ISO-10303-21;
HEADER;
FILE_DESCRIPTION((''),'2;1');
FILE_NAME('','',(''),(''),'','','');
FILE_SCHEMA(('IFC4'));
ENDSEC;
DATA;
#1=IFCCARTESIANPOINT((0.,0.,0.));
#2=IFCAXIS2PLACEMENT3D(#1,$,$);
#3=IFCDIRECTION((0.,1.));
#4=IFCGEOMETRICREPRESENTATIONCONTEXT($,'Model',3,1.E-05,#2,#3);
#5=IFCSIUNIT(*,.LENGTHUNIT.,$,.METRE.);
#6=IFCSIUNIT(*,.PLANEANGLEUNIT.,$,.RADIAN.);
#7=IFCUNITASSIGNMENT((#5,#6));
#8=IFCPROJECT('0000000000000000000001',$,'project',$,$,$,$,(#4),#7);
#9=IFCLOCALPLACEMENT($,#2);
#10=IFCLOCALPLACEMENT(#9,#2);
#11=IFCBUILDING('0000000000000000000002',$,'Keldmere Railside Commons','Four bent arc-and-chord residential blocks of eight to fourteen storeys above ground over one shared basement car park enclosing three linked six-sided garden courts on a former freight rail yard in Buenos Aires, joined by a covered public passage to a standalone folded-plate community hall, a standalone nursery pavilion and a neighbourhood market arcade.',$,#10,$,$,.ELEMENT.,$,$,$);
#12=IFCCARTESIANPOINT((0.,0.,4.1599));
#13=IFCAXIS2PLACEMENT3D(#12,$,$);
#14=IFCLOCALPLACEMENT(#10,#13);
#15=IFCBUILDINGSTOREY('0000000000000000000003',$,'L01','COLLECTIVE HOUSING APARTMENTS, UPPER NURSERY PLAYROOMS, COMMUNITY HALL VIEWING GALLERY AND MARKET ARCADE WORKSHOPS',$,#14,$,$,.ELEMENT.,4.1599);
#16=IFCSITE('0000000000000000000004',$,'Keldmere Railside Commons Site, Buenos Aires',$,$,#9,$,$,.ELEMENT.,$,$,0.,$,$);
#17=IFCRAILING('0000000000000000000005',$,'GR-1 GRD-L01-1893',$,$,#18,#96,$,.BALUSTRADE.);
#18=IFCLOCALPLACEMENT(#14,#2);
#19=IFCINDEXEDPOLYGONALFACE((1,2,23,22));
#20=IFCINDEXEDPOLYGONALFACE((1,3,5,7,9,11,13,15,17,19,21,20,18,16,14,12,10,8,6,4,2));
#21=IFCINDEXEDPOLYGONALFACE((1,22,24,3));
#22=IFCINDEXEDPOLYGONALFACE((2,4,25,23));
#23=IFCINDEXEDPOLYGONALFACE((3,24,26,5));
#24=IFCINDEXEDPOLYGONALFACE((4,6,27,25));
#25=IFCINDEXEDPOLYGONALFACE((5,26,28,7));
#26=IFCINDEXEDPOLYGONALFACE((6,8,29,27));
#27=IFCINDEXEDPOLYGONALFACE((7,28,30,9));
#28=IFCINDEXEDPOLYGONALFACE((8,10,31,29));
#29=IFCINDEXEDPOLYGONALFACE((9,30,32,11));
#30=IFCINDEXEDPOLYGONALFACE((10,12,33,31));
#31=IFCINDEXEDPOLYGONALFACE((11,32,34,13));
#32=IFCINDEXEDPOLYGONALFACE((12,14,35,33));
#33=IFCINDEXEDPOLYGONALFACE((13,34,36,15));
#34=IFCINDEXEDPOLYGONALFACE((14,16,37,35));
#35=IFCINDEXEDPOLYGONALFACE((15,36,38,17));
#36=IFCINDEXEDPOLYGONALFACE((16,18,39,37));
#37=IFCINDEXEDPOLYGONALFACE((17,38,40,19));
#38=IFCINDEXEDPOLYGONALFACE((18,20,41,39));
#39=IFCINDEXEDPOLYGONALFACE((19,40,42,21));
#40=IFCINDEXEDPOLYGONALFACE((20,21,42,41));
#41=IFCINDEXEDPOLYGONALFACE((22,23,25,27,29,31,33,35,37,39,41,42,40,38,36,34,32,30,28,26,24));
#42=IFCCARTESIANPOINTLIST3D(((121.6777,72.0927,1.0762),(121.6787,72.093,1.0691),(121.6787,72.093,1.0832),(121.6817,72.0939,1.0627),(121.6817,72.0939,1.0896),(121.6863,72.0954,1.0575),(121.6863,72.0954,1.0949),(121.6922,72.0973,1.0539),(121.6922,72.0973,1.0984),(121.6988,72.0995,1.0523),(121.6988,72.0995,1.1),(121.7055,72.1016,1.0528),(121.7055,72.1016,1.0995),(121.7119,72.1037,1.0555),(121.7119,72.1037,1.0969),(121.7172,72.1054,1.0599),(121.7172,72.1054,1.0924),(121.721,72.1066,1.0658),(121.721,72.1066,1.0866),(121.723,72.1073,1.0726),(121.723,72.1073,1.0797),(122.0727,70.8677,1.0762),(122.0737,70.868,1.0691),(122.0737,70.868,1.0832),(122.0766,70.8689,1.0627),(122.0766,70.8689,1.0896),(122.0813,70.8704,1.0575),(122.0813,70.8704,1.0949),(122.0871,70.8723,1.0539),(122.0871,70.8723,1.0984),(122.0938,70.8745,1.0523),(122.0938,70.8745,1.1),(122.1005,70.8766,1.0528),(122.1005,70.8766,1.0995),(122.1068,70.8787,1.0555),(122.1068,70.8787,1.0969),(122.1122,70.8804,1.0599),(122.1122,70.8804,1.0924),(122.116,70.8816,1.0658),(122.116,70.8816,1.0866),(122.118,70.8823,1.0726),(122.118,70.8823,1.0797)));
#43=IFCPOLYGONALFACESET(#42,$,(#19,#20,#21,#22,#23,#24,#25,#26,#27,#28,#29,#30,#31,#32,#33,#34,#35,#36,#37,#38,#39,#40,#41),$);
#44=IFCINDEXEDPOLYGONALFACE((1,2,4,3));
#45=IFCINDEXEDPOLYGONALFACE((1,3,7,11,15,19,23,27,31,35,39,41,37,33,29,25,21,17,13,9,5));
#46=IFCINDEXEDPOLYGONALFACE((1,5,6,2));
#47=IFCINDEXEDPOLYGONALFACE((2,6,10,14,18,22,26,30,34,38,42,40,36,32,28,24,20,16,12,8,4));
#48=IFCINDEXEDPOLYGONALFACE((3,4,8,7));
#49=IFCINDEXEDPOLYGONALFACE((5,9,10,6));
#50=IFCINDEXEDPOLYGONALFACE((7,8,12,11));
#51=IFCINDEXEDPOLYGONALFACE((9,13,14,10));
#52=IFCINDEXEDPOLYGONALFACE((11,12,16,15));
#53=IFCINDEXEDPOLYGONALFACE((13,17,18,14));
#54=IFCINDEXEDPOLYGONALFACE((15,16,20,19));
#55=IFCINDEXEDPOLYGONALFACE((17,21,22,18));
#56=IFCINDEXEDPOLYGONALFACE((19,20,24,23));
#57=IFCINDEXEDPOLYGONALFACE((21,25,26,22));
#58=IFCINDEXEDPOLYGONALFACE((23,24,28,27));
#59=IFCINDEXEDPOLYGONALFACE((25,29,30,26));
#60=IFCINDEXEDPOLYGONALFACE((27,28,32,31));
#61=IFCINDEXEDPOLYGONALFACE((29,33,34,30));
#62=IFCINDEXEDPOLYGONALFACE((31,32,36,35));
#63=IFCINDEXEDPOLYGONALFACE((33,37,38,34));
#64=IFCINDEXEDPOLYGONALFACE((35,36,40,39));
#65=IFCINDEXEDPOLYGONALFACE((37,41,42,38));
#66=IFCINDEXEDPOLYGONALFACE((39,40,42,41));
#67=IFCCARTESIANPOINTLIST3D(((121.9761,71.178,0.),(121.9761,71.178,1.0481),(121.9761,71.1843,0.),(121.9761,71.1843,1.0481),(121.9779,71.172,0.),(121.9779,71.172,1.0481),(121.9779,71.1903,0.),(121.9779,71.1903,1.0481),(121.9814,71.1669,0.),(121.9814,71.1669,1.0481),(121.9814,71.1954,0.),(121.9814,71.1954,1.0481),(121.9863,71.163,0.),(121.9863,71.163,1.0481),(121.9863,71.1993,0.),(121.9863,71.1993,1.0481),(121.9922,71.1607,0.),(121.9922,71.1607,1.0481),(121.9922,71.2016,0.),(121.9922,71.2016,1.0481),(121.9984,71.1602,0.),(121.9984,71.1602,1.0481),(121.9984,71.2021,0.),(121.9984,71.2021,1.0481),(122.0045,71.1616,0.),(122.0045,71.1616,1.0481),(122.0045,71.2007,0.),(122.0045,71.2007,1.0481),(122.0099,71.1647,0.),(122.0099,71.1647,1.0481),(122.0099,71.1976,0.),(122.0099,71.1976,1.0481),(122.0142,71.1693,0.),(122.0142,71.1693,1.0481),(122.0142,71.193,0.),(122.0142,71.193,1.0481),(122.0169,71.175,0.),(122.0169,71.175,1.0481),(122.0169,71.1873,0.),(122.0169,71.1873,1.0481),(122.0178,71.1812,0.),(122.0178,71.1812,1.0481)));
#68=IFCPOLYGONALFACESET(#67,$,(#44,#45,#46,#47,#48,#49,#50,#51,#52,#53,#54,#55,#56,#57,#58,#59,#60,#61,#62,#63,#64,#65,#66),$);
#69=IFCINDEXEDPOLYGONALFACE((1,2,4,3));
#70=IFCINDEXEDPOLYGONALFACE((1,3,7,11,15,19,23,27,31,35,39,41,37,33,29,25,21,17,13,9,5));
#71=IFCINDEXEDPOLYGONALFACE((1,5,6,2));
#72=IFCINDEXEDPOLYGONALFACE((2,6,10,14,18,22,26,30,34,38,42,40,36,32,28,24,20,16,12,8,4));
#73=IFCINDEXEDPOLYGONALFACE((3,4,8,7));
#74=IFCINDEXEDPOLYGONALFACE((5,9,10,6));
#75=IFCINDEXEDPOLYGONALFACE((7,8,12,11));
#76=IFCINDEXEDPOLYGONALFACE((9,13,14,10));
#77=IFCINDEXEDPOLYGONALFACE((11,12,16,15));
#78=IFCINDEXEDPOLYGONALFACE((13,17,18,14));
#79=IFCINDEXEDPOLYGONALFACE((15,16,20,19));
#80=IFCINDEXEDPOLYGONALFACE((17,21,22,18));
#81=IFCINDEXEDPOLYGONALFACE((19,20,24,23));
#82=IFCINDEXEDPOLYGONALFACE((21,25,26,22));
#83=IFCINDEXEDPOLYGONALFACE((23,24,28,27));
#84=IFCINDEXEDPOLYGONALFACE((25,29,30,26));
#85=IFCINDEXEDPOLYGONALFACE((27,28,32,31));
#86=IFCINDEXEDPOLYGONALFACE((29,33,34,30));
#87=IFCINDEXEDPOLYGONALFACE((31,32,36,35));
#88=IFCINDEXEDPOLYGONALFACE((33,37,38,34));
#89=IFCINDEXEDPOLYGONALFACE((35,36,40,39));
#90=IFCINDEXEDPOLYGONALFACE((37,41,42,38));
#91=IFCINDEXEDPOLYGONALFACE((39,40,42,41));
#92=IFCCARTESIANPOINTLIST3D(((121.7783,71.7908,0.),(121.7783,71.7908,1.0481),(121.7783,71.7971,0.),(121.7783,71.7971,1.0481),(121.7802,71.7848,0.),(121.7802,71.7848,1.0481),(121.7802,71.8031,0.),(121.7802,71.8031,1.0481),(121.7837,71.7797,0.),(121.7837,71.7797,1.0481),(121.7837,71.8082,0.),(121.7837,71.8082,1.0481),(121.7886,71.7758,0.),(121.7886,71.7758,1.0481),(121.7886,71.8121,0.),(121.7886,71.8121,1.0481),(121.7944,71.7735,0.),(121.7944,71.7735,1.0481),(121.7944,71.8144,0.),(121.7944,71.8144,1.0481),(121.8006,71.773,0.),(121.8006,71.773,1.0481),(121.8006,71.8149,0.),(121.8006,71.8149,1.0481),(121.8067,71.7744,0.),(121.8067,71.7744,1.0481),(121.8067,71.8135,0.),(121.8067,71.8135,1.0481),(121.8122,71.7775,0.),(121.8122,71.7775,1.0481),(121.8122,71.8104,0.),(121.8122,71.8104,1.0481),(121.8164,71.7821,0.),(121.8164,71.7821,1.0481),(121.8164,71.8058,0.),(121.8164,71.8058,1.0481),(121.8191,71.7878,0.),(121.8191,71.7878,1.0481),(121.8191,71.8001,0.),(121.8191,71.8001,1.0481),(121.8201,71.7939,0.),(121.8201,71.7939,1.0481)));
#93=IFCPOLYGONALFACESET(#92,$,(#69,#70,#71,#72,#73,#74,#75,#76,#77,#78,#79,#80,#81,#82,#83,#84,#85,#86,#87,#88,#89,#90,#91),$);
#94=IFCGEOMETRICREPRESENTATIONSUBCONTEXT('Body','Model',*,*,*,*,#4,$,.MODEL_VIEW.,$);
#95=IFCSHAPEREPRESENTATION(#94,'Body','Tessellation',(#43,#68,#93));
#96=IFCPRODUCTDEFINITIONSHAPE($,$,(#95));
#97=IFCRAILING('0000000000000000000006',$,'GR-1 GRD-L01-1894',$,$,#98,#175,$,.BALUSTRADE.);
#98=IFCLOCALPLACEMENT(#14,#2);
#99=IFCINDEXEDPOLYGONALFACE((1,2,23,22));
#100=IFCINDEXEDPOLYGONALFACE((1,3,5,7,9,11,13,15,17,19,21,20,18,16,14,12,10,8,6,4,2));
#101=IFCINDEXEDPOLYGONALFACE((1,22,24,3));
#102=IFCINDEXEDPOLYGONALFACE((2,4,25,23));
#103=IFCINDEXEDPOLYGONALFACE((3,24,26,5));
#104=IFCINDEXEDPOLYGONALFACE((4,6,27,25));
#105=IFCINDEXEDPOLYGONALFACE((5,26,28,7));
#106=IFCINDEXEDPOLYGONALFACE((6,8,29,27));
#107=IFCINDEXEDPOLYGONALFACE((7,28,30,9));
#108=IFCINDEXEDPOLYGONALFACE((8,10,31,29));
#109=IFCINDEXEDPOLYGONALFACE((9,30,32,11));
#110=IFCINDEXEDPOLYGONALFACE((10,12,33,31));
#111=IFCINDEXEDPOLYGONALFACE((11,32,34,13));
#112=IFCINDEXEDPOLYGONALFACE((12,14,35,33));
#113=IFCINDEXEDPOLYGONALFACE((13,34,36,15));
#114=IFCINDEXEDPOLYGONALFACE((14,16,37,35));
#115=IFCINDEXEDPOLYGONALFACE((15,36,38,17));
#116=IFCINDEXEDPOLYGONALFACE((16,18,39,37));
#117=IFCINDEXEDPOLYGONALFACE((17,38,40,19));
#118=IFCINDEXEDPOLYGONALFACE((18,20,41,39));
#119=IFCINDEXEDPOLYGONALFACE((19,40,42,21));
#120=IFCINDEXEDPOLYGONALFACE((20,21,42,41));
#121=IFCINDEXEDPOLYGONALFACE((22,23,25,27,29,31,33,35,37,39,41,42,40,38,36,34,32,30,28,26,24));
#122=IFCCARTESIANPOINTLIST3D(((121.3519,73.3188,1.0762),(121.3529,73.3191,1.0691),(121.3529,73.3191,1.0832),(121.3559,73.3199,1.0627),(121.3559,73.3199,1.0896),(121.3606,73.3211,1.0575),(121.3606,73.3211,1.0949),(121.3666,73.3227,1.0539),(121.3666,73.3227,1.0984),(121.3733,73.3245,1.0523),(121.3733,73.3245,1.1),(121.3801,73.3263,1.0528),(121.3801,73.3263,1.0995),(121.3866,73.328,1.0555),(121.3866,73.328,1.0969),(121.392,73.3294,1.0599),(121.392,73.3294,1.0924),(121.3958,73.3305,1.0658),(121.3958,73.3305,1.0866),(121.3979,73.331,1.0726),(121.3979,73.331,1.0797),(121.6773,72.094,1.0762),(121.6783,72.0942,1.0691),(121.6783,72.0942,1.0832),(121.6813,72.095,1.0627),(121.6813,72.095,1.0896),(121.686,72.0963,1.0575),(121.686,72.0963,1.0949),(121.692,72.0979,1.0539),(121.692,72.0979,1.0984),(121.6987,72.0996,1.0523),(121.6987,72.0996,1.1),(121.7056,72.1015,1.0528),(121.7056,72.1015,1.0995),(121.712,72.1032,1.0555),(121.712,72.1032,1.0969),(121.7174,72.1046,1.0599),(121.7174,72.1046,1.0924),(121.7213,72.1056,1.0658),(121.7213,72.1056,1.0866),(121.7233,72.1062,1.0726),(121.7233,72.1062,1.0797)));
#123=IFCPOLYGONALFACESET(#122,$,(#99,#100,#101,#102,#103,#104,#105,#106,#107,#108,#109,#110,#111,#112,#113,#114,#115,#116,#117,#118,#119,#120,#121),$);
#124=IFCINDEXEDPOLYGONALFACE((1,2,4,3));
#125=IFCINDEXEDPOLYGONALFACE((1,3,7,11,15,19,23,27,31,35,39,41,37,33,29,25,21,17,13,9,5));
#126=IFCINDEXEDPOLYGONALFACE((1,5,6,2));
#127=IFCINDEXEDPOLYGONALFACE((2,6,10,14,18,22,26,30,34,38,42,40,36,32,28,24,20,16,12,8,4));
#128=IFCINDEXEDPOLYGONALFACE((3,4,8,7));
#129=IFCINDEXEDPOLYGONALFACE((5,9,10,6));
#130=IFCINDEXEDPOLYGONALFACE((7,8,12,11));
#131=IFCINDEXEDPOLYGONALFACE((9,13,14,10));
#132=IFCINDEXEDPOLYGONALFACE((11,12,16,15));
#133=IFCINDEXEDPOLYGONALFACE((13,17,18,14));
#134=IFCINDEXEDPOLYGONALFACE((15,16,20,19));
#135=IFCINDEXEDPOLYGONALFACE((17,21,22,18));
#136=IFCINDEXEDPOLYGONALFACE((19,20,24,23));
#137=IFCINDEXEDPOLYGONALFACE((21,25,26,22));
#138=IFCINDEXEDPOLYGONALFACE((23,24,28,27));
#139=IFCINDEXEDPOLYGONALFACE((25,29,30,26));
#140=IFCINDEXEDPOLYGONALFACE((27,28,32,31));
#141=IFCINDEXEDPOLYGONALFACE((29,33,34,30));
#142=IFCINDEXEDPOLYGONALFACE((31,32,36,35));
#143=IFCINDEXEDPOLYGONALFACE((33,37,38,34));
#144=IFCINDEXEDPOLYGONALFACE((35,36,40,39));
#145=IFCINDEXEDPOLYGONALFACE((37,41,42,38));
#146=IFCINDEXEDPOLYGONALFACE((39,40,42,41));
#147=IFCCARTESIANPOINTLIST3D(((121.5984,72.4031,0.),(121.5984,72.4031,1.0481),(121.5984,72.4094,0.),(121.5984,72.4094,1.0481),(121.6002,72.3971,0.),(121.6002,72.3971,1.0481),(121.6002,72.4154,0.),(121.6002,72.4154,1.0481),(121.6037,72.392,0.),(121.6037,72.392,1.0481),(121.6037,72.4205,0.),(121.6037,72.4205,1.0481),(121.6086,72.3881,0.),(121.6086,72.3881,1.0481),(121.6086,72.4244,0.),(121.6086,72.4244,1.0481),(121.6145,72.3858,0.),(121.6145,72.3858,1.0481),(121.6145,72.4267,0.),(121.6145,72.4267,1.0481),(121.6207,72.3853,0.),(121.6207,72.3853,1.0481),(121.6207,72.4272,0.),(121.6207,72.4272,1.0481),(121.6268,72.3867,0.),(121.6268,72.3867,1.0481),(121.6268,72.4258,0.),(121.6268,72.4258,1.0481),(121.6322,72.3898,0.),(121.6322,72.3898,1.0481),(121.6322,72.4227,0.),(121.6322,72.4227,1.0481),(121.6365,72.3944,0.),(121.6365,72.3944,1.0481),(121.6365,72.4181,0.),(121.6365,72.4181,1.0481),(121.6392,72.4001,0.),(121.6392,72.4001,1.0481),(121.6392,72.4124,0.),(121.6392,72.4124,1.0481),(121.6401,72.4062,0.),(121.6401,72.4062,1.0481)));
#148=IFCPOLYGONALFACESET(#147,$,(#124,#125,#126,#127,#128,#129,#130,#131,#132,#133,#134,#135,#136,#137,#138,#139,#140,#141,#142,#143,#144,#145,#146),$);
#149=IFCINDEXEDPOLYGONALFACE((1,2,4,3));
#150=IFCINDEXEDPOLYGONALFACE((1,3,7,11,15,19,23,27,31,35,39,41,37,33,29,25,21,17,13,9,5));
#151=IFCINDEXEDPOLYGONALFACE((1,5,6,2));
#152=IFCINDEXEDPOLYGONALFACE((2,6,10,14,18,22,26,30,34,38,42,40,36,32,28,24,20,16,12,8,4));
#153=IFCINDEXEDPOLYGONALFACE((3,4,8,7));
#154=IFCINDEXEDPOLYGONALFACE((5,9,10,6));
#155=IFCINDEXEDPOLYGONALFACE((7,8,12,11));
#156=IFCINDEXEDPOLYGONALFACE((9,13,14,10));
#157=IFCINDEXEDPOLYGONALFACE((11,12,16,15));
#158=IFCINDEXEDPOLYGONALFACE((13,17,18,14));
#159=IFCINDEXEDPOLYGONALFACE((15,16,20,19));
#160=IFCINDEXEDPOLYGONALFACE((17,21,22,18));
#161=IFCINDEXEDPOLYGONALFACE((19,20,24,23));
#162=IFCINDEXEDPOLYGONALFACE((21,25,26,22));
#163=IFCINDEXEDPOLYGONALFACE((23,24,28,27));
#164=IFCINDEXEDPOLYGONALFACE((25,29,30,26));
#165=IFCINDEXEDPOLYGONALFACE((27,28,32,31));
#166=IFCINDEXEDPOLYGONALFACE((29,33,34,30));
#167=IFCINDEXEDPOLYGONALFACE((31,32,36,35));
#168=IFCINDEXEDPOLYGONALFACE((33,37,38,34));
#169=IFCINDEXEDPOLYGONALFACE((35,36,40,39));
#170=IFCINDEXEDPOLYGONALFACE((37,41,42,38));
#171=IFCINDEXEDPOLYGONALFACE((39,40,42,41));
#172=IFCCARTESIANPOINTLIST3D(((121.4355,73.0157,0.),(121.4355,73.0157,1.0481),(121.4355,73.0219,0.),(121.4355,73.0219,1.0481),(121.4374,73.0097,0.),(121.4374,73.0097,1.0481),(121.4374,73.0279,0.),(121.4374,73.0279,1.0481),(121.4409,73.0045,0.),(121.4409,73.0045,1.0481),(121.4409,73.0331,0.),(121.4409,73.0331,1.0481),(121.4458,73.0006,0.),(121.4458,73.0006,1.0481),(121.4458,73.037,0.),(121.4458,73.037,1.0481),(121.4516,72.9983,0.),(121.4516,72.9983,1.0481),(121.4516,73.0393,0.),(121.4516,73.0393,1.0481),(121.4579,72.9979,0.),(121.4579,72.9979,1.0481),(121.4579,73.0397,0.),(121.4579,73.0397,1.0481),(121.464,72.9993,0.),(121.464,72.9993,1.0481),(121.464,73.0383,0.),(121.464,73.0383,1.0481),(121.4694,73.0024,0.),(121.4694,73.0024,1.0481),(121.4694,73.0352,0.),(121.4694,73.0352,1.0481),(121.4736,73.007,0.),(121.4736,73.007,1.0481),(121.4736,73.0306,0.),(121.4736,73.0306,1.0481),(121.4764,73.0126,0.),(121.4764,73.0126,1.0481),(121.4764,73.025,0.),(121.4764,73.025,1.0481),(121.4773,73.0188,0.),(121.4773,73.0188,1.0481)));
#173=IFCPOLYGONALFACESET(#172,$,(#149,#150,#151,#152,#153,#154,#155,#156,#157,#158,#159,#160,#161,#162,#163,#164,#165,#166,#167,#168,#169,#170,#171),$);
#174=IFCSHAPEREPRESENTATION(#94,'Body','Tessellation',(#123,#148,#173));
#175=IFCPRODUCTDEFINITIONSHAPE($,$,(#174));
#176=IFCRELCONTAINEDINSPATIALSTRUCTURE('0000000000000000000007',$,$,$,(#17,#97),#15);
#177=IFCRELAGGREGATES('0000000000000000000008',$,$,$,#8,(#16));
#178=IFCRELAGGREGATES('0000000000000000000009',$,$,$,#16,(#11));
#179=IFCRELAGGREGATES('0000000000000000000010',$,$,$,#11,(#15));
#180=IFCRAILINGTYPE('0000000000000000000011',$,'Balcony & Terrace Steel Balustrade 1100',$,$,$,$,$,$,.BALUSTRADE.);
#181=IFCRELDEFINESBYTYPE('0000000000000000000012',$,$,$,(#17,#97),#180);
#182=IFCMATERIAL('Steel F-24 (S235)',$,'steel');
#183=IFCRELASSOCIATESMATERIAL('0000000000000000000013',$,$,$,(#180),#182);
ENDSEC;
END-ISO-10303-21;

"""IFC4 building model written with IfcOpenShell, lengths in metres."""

from ifc_helpers import new_model, si_unit, direction, frame, origin, origin_2d, place, context, subcontext, project, spatial, circle, extrude, material, type_object, element, save


model = new_model("IFC4")

# Units and contexts
model_context = context("Model", 3, precision=1e-05, world=origin(), true_north=direction((0.0, 1.0)))
body_context = subcontext(model_context, "Body", "Model", "MODEL_VIEW")
ifc_project = project(units=[si_unit("LENGTHUNIT", "METRE"), si_unit("PLANEANGLEUNIT", "RADIAN")], contexts=[model_context])

# Site, building, storey
site_placement = place(None, origin())
site = spatial("IfcSite", under=ifc_project, at=site_placement, Name="Keldmere Railside Commons Site, Buenos Aires", CompositionType="ELEMENT", RefElevation=0.0)
building_placement = place(site_placement, origin())
building = spatial("IfcBuilding", under=site, at=building_placement, Name="Keldmere Railside Commons", Description="Four bent arc-and-chord residential blocks of eight to fourteen storeys above ground over one shared basement car park enclosing three linked six-sided garden courts on a former freight rail yard in Buenos Aires, joined by a covered public passage to a standalone folded-plate community hall, a standalone nursery pavilion and a neighbourhood market arcade.", CompositionType="ELEMENT")
storey_placement = place(building_placement, frame((0.0, 0.0, 4.1599)))
storey = spatial("IfcBuildingStorey", under=building, at=storey_placement, Name="L01", Description="COLLECTIVE HOUSING APARTMENTS, UPPER NURSERY PLAYROOMS, COMMUNITY HALL VIEWING GALLERY AND MARKET ARCADE WORKSHOPS", CompositionType="ELEMENT", Elevation=4.1599)

# Railings
ifc_material_1 = material(Name="Steel F-24 (S235)", Category="steel")
railing_type = type_object("IfcRailingType", Name="Balcony & Terrace Steel Balustrade 1100", PredefinedType="BALUSTRADE", material=ifc_material_1)
railing_1_placement = place(storey_placement, frame((122.0955, 70.875, 0.0)))
element("IfcRailing", 1, at=railing_1_placement, inside=storey, type_object=railing_type, Name="GR-1 GRD-L01-1893", PredefinedType="BALUSTRADE", context=body_context, shape_type="SweptSolid", body=[
    extrude(circle(Radius=0.0239, at=origin_2d()), frame((0.0, 0.0, 1.0762), z_axis=(-0.306881, 0.951748, 0.0), x_axis=(-0.951748, -0.306881, 0.0)), (0.0, 0.0, 1.0), 1.2871),
    extrude(circle(Radius=0.021, at=origin_2d()), frame((-0.0986, 0.3062, 0.0)), (0.0, 0.0, 1.0), 1.0481),
    extrude(circle(Radius=0.021, at=origin_2d()), frame((-0.2964, 0.9189, 0.0)), (0.0, 0.0, 1.0), 1.0481),
])
railing_2_placement = place(storey_placement, frame((121.7004, 72.1001, 0.0)))
element("IfcRailing", 2, at=railing_2_placement, inside=storey, type_object=railing_type, Name="GR-1 GRD-L01-1894", PredefinedType="BALUSTRADE", context=body_context, shape_type="SweptSolid", body=[
    extrude(circle(Radius=0.0239, at=origin_2d()), frame((0.0, 0.0, 1.0762), z_axis=(-0.256787, 0.966468, 0.0), x_axis=(-0.966468, -0.256787, 0.0)), (0.0, 0.0, 1.0), 1.2673),
    extrude(circle(Radius=0.021, at=origin_2d()), frame((-0.0813, 0.3062, 0.0)), (0.0, 0.0, 1.0), 1.0481),
    extrude(circle(Radius=0.021, at=origin_2d()), frame((-0.2441, 0.9187, 0.0)), (0.0, 0.0, 1.0), 1.0481),
])

save(model, "model.ifc")
